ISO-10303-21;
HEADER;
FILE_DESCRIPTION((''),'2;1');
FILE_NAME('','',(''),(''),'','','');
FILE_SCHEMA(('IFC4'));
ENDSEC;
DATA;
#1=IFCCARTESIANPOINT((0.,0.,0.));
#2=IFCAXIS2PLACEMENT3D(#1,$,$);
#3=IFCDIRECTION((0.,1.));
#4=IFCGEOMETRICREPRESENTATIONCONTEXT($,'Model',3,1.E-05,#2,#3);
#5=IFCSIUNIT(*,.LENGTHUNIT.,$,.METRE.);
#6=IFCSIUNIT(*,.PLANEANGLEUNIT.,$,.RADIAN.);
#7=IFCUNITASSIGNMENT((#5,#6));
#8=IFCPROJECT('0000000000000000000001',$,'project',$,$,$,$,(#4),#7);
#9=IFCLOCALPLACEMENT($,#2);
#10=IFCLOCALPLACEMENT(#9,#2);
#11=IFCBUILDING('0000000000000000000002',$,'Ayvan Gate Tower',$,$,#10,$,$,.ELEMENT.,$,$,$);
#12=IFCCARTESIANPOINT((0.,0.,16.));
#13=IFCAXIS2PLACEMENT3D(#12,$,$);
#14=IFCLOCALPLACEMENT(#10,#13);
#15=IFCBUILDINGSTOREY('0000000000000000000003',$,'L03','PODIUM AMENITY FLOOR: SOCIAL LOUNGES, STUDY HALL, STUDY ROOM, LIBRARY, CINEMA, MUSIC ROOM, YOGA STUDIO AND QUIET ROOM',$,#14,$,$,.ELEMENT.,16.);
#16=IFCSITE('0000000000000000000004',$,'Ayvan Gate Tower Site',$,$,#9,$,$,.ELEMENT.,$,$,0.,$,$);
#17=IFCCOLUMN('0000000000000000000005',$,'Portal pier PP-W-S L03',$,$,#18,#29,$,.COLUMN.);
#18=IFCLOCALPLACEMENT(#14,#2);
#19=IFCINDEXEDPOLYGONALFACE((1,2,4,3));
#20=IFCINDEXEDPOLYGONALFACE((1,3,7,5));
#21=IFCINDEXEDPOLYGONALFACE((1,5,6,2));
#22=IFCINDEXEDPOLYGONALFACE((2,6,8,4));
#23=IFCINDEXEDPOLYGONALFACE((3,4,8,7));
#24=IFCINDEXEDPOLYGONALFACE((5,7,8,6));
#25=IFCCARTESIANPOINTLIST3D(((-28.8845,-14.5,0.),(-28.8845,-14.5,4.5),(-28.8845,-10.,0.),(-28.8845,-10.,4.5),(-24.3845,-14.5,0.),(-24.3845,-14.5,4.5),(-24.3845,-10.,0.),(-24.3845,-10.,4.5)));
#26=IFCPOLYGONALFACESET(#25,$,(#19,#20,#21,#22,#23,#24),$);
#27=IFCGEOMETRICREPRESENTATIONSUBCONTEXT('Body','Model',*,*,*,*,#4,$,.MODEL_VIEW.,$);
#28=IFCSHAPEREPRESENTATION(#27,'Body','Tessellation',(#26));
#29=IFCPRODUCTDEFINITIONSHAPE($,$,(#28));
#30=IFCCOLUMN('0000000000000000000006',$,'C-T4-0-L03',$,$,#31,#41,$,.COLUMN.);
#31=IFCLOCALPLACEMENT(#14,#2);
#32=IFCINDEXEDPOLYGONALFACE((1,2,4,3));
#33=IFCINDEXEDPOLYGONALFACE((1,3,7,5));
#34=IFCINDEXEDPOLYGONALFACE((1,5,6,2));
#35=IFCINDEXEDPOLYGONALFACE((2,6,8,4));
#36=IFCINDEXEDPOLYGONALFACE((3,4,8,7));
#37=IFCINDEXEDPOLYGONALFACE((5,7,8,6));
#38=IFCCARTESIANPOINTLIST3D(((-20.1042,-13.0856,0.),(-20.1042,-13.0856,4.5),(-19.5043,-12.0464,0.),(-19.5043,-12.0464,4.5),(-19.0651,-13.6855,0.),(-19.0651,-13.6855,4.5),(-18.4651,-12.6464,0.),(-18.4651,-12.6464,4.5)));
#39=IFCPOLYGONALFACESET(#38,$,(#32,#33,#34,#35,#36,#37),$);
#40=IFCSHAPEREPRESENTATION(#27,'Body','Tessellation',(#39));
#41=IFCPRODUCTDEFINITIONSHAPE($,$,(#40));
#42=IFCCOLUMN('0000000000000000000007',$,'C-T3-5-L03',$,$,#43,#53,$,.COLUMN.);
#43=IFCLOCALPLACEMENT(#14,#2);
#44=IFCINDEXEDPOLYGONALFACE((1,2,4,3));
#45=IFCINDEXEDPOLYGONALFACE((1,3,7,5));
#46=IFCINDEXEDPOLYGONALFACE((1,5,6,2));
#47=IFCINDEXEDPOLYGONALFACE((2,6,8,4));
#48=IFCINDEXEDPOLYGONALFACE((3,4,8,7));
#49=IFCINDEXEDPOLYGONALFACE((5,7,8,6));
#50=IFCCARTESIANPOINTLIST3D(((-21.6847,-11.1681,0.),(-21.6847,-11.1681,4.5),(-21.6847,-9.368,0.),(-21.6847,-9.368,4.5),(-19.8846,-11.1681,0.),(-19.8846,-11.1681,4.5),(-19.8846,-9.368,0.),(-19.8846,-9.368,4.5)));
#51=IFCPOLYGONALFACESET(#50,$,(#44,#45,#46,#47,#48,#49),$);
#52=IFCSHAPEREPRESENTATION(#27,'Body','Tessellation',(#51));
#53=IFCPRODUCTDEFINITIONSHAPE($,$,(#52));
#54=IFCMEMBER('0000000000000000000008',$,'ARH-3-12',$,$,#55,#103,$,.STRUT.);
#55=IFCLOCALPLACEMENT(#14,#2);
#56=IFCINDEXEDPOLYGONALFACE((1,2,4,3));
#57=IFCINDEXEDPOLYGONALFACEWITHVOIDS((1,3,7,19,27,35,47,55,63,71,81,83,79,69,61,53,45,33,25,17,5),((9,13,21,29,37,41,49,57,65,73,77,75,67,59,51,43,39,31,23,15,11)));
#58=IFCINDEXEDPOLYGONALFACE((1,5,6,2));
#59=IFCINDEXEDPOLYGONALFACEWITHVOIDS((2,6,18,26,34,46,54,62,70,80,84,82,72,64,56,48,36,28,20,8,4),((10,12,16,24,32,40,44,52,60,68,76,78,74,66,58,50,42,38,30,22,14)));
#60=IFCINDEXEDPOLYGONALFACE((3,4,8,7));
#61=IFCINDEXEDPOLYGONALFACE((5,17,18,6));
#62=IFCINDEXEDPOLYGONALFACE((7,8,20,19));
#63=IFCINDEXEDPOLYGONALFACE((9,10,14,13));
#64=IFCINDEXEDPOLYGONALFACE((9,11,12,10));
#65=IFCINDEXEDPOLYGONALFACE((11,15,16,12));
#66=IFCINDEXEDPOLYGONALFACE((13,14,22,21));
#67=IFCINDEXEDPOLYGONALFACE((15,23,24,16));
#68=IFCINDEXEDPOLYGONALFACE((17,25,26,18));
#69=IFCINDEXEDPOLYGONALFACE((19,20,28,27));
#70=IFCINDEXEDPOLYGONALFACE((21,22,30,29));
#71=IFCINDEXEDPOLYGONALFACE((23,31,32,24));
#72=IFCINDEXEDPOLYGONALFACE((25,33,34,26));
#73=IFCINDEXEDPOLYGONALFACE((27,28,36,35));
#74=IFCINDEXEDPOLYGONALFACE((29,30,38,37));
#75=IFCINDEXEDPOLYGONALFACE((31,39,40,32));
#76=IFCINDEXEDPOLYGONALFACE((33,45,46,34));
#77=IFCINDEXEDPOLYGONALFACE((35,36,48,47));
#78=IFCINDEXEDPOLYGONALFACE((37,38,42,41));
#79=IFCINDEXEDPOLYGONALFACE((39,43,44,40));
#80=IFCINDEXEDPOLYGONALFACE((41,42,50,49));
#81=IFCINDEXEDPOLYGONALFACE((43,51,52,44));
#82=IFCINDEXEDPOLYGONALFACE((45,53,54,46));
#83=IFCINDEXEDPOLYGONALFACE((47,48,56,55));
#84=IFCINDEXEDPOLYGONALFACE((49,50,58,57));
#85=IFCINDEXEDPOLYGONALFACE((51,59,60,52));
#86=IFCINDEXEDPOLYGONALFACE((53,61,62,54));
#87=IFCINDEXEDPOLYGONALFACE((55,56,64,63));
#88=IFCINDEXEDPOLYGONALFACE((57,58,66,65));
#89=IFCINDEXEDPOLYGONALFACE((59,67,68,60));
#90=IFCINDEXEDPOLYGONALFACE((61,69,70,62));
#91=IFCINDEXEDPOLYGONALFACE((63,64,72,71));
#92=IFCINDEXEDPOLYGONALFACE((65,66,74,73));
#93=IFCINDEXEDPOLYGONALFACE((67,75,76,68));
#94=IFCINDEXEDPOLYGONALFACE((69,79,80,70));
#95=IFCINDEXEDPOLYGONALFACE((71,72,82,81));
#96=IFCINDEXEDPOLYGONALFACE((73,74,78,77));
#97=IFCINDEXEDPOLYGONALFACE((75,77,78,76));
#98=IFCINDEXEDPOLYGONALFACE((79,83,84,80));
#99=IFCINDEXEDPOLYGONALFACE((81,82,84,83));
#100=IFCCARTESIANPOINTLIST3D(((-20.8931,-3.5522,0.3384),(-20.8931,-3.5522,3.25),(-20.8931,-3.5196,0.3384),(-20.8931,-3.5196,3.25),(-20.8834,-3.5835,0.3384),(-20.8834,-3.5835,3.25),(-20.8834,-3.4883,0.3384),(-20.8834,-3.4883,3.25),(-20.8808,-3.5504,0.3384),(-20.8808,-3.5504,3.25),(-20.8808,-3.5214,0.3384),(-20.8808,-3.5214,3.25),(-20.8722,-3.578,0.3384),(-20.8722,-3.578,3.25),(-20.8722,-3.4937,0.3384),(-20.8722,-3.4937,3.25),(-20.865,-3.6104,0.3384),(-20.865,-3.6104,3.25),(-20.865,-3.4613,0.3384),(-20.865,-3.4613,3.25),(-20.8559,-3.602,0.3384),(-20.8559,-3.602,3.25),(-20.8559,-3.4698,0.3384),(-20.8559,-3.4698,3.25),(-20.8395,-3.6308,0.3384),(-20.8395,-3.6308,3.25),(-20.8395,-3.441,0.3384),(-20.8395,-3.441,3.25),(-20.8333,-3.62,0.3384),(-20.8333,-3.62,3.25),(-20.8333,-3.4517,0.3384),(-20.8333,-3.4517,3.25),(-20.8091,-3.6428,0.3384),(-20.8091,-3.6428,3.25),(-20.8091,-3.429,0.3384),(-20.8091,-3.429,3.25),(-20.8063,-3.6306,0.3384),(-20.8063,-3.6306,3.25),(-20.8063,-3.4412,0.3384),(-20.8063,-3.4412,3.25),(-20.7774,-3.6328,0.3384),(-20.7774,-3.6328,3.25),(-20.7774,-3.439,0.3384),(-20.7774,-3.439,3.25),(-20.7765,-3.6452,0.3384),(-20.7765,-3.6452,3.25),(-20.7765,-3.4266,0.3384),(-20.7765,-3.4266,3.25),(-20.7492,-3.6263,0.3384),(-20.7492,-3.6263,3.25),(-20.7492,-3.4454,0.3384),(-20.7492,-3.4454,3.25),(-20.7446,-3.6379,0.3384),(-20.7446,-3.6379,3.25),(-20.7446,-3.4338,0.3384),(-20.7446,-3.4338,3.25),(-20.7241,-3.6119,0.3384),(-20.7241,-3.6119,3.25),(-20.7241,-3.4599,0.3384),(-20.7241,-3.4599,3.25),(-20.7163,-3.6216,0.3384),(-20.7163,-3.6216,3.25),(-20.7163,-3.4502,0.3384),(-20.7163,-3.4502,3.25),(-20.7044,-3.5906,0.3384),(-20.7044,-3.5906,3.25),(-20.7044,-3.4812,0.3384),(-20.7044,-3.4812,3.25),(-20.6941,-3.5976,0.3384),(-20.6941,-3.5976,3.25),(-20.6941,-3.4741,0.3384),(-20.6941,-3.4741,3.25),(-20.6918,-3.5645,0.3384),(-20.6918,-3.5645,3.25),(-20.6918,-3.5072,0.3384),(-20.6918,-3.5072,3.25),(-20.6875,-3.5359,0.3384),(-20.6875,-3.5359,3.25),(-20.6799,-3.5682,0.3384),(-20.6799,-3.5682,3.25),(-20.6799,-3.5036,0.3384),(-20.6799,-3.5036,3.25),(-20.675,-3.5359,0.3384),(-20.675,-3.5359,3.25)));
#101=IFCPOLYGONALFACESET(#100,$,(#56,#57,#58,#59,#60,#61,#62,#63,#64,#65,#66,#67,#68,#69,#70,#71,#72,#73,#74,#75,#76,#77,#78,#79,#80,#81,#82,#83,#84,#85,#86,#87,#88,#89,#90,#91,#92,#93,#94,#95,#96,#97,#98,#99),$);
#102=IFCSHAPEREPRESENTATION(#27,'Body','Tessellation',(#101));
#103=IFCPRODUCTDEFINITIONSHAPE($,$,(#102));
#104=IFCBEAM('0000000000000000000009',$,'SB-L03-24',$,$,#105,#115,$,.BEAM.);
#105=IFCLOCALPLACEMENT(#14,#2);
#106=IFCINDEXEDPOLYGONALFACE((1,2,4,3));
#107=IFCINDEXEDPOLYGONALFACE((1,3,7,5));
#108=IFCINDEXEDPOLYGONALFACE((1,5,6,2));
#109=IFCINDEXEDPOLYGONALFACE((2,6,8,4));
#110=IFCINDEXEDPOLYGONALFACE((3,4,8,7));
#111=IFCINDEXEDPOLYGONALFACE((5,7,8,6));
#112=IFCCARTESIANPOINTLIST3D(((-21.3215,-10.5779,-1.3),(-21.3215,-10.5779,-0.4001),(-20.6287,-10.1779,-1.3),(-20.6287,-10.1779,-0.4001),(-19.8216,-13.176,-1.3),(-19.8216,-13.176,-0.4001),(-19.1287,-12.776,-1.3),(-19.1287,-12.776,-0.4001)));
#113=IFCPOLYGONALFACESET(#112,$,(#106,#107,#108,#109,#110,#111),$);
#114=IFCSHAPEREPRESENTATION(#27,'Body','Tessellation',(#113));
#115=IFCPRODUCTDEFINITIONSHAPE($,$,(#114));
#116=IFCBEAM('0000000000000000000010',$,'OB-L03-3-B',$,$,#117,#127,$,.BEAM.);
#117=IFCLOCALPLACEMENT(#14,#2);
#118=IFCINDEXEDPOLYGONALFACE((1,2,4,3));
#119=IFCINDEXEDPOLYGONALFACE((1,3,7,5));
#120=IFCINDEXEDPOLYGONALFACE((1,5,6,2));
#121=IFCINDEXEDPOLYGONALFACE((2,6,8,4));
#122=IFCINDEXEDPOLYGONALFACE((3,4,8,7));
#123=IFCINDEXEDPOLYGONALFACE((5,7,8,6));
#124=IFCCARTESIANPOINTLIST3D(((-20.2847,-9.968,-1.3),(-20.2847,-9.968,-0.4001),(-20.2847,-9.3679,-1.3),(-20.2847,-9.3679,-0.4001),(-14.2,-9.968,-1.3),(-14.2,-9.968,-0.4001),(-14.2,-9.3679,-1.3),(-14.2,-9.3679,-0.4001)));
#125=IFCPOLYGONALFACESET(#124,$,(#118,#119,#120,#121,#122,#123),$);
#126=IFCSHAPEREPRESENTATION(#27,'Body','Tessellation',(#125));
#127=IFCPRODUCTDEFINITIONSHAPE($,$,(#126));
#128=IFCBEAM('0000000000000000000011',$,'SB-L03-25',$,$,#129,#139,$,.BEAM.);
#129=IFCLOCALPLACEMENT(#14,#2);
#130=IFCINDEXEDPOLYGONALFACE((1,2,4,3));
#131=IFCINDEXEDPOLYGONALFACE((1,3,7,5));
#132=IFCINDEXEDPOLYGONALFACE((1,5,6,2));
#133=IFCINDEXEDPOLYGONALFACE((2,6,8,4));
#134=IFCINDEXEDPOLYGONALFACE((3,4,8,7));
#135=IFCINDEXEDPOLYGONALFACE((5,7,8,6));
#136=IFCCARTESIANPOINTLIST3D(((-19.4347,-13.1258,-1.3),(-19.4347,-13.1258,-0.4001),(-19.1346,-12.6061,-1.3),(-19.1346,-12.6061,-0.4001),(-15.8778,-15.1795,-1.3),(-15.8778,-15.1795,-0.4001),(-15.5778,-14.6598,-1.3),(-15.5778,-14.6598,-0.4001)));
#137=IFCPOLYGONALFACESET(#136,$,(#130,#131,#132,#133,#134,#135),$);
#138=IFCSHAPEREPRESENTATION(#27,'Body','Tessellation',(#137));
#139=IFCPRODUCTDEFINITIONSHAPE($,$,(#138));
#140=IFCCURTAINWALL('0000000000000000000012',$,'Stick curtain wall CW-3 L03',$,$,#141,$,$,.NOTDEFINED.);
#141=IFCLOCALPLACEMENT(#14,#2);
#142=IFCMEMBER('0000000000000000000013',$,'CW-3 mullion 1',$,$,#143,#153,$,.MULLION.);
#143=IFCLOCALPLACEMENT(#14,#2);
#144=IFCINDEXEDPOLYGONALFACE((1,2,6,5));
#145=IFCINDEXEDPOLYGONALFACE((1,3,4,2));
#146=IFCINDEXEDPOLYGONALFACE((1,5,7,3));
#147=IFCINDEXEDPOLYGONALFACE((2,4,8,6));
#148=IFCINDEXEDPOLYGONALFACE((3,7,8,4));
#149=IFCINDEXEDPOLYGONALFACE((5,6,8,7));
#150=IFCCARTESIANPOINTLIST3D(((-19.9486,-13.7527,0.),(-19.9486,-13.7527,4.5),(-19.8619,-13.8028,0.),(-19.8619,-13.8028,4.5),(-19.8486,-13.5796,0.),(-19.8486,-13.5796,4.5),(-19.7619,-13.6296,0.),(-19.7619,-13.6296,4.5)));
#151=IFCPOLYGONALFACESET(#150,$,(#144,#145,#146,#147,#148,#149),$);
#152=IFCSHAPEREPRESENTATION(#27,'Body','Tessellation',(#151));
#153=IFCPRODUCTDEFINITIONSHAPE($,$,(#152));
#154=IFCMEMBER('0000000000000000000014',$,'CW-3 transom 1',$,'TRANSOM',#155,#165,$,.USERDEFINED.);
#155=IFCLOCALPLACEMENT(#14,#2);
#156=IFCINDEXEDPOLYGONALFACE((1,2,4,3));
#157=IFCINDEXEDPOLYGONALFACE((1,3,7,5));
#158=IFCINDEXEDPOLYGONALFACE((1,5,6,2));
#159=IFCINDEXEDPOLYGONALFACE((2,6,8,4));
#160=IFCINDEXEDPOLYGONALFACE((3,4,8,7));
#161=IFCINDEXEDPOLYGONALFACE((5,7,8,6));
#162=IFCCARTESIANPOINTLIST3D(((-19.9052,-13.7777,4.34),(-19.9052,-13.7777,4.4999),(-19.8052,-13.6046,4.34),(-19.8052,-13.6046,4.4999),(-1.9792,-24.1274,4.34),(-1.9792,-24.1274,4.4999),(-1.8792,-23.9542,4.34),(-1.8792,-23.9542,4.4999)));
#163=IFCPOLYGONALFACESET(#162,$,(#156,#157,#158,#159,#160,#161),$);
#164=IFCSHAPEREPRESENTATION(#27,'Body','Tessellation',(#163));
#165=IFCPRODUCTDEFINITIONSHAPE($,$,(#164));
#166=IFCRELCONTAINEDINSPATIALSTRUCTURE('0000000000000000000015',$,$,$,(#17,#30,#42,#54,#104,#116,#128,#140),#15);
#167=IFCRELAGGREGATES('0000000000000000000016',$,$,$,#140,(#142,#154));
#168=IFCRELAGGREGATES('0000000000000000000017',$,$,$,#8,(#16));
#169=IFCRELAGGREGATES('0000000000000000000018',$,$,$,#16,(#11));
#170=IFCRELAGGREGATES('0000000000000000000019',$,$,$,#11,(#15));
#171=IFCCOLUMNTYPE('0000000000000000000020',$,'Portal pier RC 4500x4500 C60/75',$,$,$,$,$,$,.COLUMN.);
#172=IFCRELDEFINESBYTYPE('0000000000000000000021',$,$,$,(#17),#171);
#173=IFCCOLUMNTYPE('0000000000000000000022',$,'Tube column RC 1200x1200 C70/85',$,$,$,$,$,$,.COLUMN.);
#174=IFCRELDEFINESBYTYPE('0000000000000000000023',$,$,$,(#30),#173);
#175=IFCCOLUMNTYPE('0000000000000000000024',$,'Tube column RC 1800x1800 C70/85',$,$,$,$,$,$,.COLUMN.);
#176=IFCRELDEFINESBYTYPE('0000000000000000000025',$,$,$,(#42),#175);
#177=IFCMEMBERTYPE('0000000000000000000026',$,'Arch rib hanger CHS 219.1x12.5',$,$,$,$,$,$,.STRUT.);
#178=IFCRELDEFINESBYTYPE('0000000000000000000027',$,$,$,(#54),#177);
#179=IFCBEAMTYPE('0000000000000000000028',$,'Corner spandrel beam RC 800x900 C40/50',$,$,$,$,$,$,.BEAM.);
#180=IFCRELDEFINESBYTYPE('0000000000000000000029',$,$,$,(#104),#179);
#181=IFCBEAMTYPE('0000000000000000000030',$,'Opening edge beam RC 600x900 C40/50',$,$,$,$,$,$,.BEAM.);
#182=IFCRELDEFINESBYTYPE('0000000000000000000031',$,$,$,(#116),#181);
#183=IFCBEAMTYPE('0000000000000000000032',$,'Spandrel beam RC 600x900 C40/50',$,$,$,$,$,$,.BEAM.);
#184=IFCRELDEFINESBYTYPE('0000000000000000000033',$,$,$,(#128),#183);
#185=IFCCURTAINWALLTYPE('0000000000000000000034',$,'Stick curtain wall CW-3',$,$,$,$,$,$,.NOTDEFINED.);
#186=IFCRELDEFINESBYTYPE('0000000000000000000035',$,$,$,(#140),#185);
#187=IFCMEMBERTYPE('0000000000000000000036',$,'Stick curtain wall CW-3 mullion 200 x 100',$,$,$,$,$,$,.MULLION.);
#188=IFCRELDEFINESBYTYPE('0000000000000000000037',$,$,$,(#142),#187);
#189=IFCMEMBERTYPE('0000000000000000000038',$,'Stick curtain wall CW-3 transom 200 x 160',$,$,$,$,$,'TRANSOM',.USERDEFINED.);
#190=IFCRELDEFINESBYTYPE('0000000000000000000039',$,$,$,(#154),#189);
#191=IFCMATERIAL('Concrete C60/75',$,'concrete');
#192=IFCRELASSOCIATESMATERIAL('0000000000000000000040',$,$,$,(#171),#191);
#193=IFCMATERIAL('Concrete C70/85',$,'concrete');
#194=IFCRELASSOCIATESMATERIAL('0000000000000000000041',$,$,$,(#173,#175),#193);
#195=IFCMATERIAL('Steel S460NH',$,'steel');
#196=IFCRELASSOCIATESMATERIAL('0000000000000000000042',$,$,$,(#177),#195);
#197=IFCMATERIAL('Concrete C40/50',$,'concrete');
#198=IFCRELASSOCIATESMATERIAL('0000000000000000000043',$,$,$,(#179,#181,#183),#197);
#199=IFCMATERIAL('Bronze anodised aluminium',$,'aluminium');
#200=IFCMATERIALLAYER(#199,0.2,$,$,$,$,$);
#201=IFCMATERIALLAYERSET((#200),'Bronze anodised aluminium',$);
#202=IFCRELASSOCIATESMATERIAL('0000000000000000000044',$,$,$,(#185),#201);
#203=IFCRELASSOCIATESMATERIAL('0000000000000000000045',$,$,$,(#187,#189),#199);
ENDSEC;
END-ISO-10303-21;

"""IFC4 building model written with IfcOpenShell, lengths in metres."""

from ifc_helpers import new_model, si_unit, direction, frame, origin, origin_2d, place, context, subcontext, project, spatial, rectangle, hollow_circle, extrude, material, layer, layer_set, material_profile, profile_set, type_object, element, aggregate, save


model = new_model("IFC4")

# Units and contexts
model_context = context("Model", 3, precision=1e-05, world=origin(), true_north=direction((0.0, 1.0)))
body_context = subcontext(model_context, "Body", "Model", "MODEL_VIEW")
ifc_project = project(units=[si_unit("LENGTHUNIT", "METRE"), si_unit("PLANEANGLEUNIT", "RADIAN")], contexts=[model_context])

# Site, building, storey
site_placement = place(None, origin())
site = spatial("IfcSite", under=ifc_project, at=site_placement, Name="Ayvan Gate Tower Site", CompositionType="ELEMENT", RefElevation=0.0)
building_placement = place(site_placement, origin())
building = spatial("IfcBuilding", under=site, at=building_placement, Name="Ayvan Gate Tower", CompositionType="ELEMENT")
storey_placement = place(building_placement, frame((0.0, 0.0, 16.0)))
storey = spatial("IfcBuildingStorey", under=building, at=storey_placement, Name="L03", Description="PODIUM AMENITY FLOOR: SOCIAL LOUNGES, STUDY HALL, STUDY ROOM, LIBRARY, CINEMA, MUSIC ROOM, YOGA STUDIO AND QUIET ROOM", CompositionType="ELEMENT", Elevation=16.0)

# Columns
ifc_material_1 = material(Name="Concrete C60/75", Category="concrete")
ifc_material_profile_1 = material_profile(ifc_material_1, rectangle(XDim=4.5, YDim=4.5, at=origin_2d()), Name="RC 4500x4500")
ifc_profile_set_1 = profile_set([ifc_material_profile_1], Name="Concrete C60/75")
column_type_1 = type_object("IfcColumnType", Name="Portal pier RC 4500x4500 C60/75", PredefinedType="COLUMN", material=ifc_profile_set_1)
column_1_placement = place(storey_placement, frame((-26.6345, -12.25, 0.0), z_axis=(0.0, 0.0, 1.0), x_axis=(-1.0, 0.0, 0.0)))
element("IfcColumn", 1, at=column_1_placement, inside=storey, type_object=column_type_1, Name="Portal pier PP-W-S L03", PredefinedType="COLUMN", context=body_context, shape_type="SweptSolid", body=[
    extrude(rectangle(XDim=4.5, YDim=4.5, at=origin_2d()), origin(), (0.0, 0.0, 1.0), 4.5),
])
ifc_material_2 = material(Name="Concrete C70/85", Category="concrete")
ifc_material_profile_2 = material_profile(ifc_material_2, rectangle(XDim=1.2, YDim=1.2, at=origin_2d()), Name="RC 1200x1200")
ifc_profile_set_2 = profile_set([ifc_material_profile_2], Name="Concrete C70/85")
column_type_2 = type_object("IfcColumnType", Name="Tube column RC 1200x1200 C70/85", PredefinedType="COLUMN", material=ifc_profile_set_2)
column_2_placement = place(storey_placement, frame((-19.2847, -12.866, 0.0), z_axis=(0.0, 0.0, 1.0), x_axis=(-0.5, -0.866025, 0.0)))
element("IfcColumn", 2, at=column_2_placement, inside=storey, type_object=column_type_2, Name="C-T4-0-L03", PredefinedType="COLUMN", context=body_context, shape_type="SweptSolid", body=[
    extrude(rectangle(XDim=1.2, YDim=1.2, at=origin_2d()), origin(), (0.0, 0.0, 1.0), 4.5),
])
ifc_material_profile_3 = material_profile(ifc_material_2, rectangle(XDim=1.8, YDim=1.8, at=origin_2d()), Name="RC 1800x1800")
ifc_profile_set_3 = profile_set([ifc_material_profile_3], Name="Concrete C70/85")
column_type_3 = type_object("IfcColumnType", Name="Tube column RC 1800x1800 C70/85", PredefinedType="COLUMN", material=ifc_profile_set_3)
column_3_placement = place(storey_placement, frame((-20.7847, -10.2681, 0.0), z_axis=(0.0, 0.0, 1.0), x_axis=(-1.0, 0.0, 0.0)))
element("IfcColumn", 3, at=column_3_placement, inside=storey, type_object=column_type_3, Name="C-T3-5-L03", PredefinedType="COLUMN", context=body_context, shape_type="SweptSolid", body=[
    extrude(rectangle(XDim=1.8, YDim=1.8, at=origin_2d()), origin(), (0.0, 0.0, 1.0), 4.5),
])

# Member
ifc_material_3 = material(Name="Steel S460NH", Category="steel")
ifc_material_profile_4 = material_profile(ifc_material_3, hollow_circle(Radius=0.1096, WallThickness=0.0125, at=origin_2d()), Name="CHS 219.1x12.5")
ifc_profile_set_4 = profile_set([ifc_material_profile_4], Name="Steel S460NH")
member_type_1 = type_object("IfcMemberType", Name="Arch rib hanger CHS 219.1x12.5", PredefinedType="STRUT", material=ifc_profile_set_4)
member_1_placement = place(storey_placement, frame((-20.7847, -3.5359, 0.3384), z_axis=(0.0, 0.0, 1.0), x_axis=(1.0, 0.0, 0.0)))
element("IfcMember", 4, at=member_1_placement, inside=storey, type_object=member_type_1, Name="ARH-3-12", PredefinedType="STRUT", context=body_context, shape_type="SweptSolid", body=[
    extrude(hollow_circle(Radius=0.1096, WallThickness=0.0125, at=origin_2d()), origin(), (0.0, 0.0, 1.0), 2.9116),
])

# Beams
ifc_material_4 = material(Name="Concrete C40/50", Category="concrete")
ifc_material_profile_5 = material_profile(ifc_material_4, rectangle(XDim=0.8, YDim=0.8999, at=origin_2d()), Name="RC 800x900")
ifc_profile_set_5 = profile_set([ifc_material_profile_5], Name="Concrete C40/50")
beam_type_1 = type_object("IfcBeamType", Name="Corner spandrel beam RC 800x900 C40/50", PredefinedType="BEAM", material=ifc_profile_set_5)
beam_1_placement = place(storey_placement, frame((-20.9751, -10.3779, -0.8501), z_axis=(0.49999, -0.866031, 0.0), x_axis=(0.866031, 0.49999, 0.0)))
element("IfcBeam", 5, at=beam_1_placement, inside=storey, type_object=beam_type_1, Name="SB-L03-24", PredefinedType="BEAM", context=body_context, shape_type="SweptSolid", body=[
    extrude(rectangle(XDim=0.8, YDim=0.8999, at=origin_2d()), origin(), (0.0, 0.0, 1.0), 3.0),
])
ifc_material_profile_6 = material_profile(ifc_material_4, rectangle(XDim=0.6001, YDim=0.8999, at=origin_2d()), Name="RC 600x900")
ifc_profile_set_6 = profile_set([ifc_material_profile_6], Name="Concrete C40/50")
beam_type_2 = type_object("IfcBeamType", Name="Opening edge beam RC 600x900 C40/50", PredefinedType="BEAM", material=ifc_profile_set_6)
beam_2_placement = place(storey_placement, frame((-20.2847, -9.668, -0.8501), z_axis=(1.0, 0.0, 0.0), x_axis=(0.0, 1.0, 0.0)))
element("IfcBeam", 6, at=beam_2_placement, inside=storey, type_object=beam_type_2, Name="OB-L03-3-B", PredefinedType="BEAM", context=body_context, shape_type="SweptSolid", body=[
    extrude(rectangle(XDim=0.6001, YDim=0.8999, at=origin_2d()), origin(), (0.0, 0.0, 1.0), 6.0847),
])
ifc_material_profile_7 = material_profile(ifc_material_4, rectangle(XDim=0.6001, YDim=0.8999, at=origin_2d()), Name="RC 600x900")
ifc_profile_set_7 = profile_set([ifc_material_profile_7], Name="Concrete C40/50")
beam_type_3 = type_object("IfcBeamType", Name="Spandrel beam RC 600x900 C40/50", PredefinedType="BEAM", material=ifc_profile_set_7)
beam_3_placement = place(storey_placement, frame((-19.2847, -12.866, -0.8501), z_axis=(0.86601, -0.500026, 0.0), x_axis=(0.500026, 0.86601, 0.0)))
element("IfcBeam", 7, at=beam_3_placement, inside=storey, type_object=beam_type_3, Name="SB-L03-25", PredefinedType="BEAM", context=body_context, shape_type="SweptSolid", body=[
    extrude(rectangle(XDim=0.6001, YDim=0.8999, at=origin_2d()), origin(), (0.0, 0.0, 1.0), 4.1072),
])

# Curtain wall, members
ifc_material_5 = material(Name="Bronze anodised aluminium", Category="aluminium")
ifc_layer_1 = layer(ifc_material_5, 0.2)
ifc_layer_set_1 = layer_set([ifc_layer_1], Name="Bronze anodised aluminium")
curtain_wall_type_1 = type_object("IfcCurtainWallType", Name="Stick curtain wall CW-3", PredefinedType="NOTDEFINED", material=ifc_layer_set_1)
curtain_wall_1_placement = place(storey_placement, origin())
curtain_wall_1 = element("IfcCurtainWall", 8, at=curtain_wall_1_placement, inside=storey, type_object=curtain_wall_type_1, Name="Stick curtain wall CW-3 L03", PredefinedType="NOTDEFINED")
ifc_material_profile_8 = material_profile(ifc_material_5, rectangle(XDim=0.2, YDim=0.1001, at=origin_2d()), Name="Stick curtain wall CW-3 mullion 200 x 100")
ifc_profile_set_8 = profile_set([ifc_material_profile_8], Name="Bronze anodised aluminium")
member_type_2 = type_object("IfcMemberType", Name="Stick curtain wall CW-3 mullion 200 x 100", PredefinedType="MULLION", material=ifc_profile_set_8)
member_2_placement = place(storey_placement, frame((-19.8552, -13.6912, 0.0), z_axis=(0.0, 0.0, 1.0), x_axis=(-0.5, -0.866025, 0.0)))
member_2 = element("IfcMember", 9, at=member_2_placement, type_object=member_type_2, Name="CW-3 mullion 1", PredefinedType="MULLION", context=body_context, shape_type="SweptSolid", body=[
    extrude(rectangle(XDim=0.2, YDim=0.1001, at=origin_2d()), origin(), (0.0, 0.0, 1.0), 4.5),
])
ifc_material_profile_9 = material_profile(ifc_material_5, rectangle(XDim=0.2, YDim=0.1599, at=origin_2d()), Name="Stick curtain wall CW-3 transom 200 x 160")
ifc_profile_set_9 = profile_set([ifc_material_profile_9], Name="Bronze anodised aluminium")
member_type_3 = type_object("IfcMemberType", Name="Stick curtain wall CW-3 transom 200 x 160", ElementType="TRANSOM", PredefinedType="USERDEFINED", material=ifc_profile_set_9)
member_3_placement = place(storey_placement, frame((-19.8552, -13.6912, 4.4199), z_axis=(0.866025, -0.5, 0.0), x_axis=(0.5, 0.866025, 0.0)))
member_3 = element("IfcMember", 10, at=member_3_placement, type_object=member_type_3, Name="CW-3 transom 1", ObjectType="TRANSOM", PredefinedType="USERDEFINED", context=body_context, shape_type="SweptSolid", body=[
    extrude(rectangle(XDim=0.2, YDim=0.1599, at=origin_2d()), origin(), (0.0, 0.0, 1.0), 20.6992),
])

aggregate(curtain_wall_1, [member_2, member_3])

save(model, "model.ifc")
